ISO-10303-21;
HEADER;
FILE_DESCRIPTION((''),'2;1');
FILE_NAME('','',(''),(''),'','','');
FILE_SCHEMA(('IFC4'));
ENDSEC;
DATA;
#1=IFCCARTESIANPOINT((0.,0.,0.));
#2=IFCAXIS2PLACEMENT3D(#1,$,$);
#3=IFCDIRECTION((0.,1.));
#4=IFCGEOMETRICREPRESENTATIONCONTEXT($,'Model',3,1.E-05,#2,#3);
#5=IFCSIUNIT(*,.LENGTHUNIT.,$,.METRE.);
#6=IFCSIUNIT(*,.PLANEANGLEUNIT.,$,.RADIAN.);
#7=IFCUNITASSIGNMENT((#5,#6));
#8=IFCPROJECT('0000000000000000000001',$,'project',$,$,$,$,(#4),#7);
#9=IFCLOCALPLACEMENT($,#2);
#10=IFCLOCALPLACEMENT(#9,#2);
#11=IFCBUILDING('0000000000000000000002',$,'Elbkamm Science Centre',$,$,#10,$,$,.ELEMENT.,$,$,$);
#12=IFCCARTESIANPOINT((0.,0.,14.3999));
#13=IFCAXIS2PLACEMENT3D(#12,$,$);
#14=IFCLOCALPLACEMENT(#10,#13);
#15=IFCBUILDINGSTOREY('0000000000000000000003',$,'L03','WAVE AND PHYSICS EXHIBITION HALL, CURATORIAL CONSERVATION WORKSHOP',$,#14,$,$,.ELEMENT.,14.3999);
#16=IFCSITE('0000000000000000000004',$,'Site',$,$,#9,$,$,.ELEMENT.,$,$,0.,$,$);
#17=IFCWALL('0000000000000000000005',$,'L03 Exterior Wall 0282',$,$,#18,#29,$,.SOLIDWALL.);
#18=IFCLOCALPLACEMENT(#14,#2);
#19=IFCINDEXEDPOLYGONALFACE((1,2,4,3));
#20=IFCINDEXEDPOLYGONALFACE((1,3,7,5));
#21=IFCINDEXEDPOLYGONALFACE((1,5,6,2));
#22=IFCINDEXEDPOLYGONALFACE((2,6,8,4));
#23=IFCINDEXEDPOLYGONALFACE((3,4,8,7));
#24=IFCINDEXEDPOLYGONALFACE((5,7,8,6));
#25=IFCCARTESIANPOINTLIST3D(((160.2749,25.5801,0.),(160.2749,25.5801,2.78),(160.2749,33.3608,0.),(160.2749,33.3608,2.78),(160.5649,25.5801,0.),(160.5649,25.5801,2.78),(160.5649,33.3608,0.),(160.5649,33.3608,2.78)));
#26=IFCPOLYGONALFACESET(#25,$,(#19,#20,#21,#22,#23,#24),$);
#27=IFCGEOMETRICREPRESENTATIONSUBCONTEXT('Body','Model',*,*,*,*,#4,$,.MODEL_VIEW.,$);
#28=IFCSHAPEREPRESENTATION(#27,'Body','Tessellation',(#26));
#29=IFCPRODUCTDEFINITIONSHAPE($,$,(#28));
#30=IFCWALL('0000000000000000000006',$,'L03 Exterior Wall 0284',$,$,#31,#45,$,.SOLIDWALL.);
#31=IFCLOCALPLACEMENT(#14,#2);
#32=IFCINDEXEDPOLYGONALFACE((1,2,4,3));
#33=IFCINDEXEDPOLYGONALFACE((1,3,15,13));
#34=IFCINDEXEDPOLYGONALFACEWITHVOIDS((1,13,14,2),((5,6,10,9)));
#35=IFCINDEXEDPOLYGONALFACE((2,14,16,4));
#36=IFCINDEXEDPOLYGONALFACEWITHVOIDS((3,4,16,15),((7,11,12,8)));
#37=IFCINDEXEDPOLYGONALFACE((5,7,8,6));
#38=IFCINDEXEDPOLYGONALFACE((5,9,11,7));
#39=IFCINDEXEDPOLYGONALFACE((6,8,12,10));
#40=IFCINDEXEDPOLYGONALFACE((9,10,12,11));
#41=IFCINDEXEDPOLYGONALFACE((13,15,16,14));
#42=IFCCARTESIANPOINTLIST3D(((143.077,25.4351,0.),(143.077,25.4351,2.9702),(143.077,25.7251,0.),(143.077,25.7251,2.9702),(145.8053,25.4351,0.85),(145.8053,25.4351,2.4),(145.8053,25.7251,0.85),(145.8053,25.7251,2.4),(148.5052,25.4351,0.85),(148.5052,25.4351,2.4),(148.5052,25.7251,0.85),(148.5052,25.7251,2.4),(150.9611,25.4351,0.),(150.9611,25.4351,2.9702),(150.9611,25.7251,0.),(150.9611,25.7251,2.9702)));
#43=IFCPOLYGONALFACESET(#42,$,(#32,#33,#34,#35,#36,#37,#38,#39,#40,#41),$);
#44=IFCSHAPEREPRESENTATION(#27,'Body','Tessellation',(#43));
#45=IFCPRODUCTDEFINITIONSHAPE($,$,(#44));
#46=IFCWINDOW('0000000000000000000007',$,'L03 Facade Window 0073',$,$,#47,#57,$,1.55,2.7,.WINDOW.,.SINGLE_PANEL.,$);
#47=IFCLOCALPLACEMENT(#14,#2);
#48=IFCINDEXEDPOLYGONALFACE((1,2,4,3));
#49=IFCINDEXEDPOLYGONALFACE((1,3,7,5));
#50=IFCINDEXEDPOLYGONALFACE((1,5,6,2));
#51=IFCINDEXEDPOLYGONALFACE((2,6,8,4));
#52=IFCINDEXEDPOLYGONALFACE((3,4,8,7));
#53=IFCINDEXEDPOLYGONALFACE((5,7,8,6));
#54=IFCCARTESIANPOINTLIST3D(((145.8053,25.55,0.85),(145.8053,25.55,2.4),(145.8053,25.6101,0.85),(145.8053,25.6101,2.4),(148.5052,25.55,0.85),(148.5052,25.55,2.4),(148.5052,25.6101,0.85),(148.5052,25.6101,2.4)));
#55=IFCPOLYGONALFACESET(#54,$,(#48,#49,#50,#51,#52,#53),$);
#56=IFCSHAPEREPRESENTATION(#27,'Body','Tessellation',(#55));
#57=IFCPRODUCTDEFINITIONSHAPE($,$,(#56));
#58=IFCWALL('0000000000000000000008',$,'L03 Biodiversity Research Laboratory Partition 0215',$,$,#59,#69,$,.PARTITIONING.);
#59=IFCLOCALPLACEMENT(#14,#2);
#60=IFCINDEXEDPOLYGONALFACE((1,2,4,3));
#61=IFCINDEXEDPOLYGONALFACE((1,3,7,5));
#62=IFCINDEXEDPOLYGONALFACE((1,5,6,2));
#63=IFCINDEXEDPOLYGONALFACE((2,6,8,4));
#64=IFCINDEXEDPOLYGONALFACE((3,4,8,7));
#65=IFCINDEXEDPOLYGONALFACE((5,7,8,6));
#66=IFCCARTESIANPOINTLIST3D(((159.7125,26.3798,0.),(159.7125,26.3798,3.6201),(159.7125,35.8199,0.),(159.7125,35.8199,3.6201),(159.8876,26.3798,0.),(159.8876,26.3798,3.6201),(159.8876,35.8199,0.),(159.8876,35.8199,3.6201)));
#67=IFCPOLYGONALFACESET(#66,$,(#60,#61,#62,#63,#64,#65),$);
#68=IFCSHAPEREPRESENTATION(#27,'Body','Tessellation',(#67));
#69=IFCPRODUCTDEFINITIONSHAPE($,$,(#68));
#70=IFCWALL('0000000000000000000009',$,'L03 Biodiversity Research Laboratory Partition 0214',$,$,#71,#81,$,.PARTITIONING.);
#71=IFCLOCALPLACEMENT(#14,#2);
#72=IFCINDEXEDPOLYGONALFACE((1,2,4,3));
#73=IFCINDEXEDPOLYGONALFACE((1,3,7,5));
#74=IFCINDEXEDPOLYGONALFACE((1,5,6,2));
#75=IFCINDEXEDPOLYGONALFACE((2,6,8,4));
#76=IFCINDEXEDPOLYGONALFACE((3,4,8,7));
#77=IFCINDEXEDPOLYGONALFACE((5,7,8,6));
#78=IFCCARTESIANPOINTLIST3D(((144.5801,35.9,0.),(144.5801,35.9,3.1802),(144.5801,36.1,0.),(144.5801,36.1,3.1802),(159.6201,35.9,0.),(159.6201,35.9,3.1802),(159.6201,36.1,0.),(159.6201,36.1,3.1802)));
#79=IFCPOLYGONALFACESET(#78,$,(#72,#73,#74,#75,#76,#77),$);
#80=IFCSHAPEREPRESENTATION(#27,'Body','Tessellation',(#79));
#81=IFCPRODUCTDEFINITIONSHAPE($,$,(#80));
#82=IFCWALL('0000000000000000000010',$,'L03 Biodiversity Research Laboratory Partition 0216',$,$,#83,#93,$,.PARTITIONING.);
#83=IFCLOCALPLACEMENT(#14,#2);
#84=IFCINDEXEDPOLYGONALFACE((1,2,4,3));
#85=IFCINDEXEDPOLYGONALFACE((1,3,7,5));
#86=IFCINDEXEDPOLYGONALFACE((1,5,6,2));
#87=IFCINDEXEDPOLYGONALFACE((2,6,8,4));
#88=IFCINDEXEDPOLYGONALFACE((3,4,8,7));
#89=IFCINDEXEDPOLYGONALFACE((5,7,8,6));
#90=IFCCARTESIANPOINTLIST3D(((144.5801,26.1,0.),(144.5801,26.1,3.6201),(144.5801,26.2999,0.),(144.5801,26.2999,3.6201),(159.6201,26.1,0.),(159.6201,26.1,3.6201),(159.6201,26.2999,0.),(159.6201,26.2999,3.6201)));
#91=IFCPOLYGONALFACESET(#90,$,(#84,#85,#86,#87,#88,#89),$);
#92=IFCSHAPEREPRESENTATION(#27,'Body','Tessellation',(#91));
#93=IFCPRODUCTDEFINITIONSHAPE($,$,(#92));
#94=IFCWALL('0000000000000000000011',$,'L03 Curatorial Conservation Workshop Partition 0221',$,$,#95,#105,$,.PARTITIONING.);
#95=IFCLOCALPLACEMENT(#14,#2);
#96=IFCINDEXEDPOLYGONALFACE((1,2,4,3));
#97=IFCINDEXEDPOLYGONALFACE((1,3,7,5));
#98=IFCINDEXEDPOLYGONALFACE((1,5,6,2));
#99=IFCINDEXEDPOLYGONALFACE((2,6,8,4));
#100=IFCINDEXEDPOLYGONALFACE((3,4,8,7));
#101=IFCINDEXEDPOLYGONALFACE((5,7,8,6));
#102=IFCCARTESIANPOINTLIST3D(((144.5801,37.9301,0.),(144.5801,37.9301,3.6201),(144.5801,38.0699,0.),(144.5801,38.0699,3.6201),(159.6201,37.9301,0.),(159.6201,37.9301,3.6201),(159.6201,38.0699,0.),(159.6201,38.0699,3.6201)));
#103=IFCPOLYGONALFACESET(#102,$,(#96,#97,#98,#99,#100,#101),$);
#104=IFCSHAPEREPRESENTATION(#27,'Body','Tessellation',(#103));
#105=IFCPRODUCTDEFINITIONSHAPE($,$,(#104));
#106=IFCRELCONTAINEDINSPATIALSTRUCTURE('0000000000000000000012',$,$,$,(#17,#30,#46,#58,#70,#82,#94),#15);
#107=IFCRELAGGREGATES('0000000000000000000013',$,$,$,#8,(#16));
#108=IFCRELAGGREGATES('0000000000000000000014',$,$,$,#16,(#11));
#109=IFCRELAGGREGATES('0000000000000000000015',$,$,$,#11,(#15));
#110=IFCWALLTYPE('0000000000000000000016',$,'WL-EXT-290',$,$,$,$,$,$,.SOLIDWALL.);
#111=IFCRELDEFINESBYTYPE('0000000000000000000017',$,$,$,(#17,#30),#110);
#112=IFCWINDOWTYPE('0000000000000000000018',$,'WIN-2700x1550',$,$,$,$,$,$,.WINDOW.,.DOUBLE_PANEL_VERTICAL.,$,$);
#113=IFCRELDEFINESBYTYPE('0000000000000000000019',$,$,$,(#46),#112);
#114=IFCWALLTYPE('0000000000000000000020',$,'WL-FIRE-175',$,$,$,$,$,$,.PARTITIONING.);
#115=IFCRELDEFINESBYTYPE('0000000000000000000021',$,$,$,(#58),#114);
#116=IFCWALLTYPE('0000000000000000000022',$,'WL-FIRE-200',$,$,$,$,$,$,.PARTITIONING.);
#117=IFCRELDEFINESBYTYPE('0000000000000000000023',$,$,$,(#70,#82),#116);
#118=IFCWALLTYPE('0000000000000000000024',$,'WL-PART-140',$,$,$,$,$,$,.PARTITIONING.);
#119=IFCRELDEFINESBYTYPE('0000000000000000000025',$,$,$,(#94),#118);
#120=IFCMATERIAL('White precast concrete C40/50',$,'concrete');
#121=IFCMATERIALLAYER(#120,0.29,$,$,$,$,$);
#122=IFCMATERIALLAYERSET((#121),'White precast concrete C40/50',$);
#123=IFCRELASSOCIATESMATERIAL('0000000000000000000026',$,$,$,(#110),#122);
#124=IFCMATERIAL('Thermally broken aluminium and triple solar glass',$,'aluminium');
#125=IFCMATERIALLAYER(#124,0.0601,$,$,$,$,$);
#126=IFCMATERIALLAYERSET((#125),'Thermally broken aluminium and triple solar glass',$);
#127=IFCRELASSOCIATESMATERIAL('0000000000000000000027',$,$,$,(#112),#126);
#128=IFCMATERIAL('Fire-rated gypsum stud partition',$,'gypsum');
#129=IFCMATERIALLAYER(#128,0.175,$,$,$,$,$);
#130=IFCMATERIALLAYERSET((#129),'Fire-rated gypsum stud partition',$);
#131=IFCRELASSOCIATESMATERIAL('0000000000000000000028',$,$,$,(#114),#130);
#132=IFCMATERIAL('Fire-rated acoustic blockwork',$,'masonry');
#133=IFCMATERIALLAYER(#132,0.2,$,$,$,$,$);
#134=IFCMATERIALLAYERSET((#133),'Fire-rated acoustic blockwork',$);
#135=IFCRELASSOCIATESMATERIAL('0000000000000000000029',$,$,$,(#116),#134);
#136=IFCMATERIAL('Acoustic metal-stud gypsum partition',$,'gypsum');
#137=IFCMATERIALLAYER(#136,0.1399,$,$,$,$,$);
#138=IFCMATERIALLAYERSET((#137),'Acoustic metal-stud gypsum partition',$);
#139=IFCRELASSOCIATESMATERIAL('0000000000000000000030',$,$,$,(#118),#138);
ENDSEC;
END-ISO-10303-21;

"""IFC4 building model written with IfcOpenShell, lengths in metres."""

from ifc_helpers import new_model, si_unit, direction, frame, frame_2d, origin, place, context, subcontext, project, spatial, rectangle, extrude, material, layer, layer_set, type_object, element, fill, save


model = new_model("IFC4")

# Units and contexts
model_context = context("Model", 3, precision=1e-05, world=origin(), true_north=direction((0.0, 1.0)))
body_context = subcontext(model_context, "Body", "Model", "MODEL_VIEW")
ifc_project = project(units=[si_unit("LENGTHUNIT", "METRE"), si_unit("PLANEANGLEUNIT", "RADIAN")], contexts=[model_context])

# Site, building, storey
site_placement = place(None, origin())
site = spatial("IfcSite", under=ifc_project, at=site_placement, Name="Site", CompositionType="ELEMENT", RefElevation=0.0)
building_placement = place(site_placement, origin())
building = spatial("IfcBuilding", under=site, at=building_placement, Name="Elbkamm Science Centre", CompositionType="ELEMENT")
storey_placement = place(building_placement, frame((0.0, 0.0, 14.3999)))
storey = spatial("IfcBuildingStorey", under=building, at=storey_placement, Name="L03", Description="WAVE AND PHYSICS EXHIBITION HALL, CURATORIAL CONSERVATION WORKSHOP", CompositionType="ELEMENT", Elevation=14.3999)

# Wall
ifc_material_1 = material(Name="White precast concrete C40/50", Category="concrete")
ifc_layer_1 = layer(ifc_material_1, 0.29)
ifc_layer_set_1 = layer_set([ifc_layer_1], Name="White precast concrete C40/50")
wall_type_1 = type_object("IfcWallType", Name="WL-EXT-290", PredefinedType="SOLIDWALL", material=ifc_layer_set_1)
wall_1_placement = place(storey_placement, frame((160.4199, 33.3608, 0.0), z_axis=(0.0, 0.0, 1.0), x_axis=(0.0, -1.0, 0.0)))
element("IfcWall", 1, at=wall_1_placement, inside=storey, type_object=wall_type_1, Name="L03 Exterior Wall 0282", PredefinedType="SOLIDWALL", context=body_context, shape_type="SweptSolid", body=[
    extrude(rectangle(XDim=7.7808, YDim=0.29, at=frame_2d((3.8904, 0.0))), origin(), (0.0, 0.0, 1.0), 2.78),
])

# Wall, opening, window
wall_2_placement = place(storey_placement, frame((150.9609, 25.5801, 0.0), z_axis=(0.0, 0.0, 1.0), x_axis=(-1.0, 0.0, 0.0)))
wall_2 = element("IfcWall", 2, at=wall_2_placement, inside=storey, type_object=wall_type_1, Name="L03 Exterior Wall 0284", PredefinedType="SOLIDWALL", context=body_context, shape_type="SweptSolid", body=[
    extrude(rectangle(XDim=7.884, YDim=0.29, at=frame_2d((3.9419, 0.0))), origin(), (0.0, 0.0, 1.0), 2.9702),
])
opening_placement = place(wall_2_placement, frame((2.4556, 0.0, 0.8501)))
opening = element("IfcOpeningElement", 3, at=opening_placement, cuts=wall_2, PredefinedType="OPENING", context=body_context, shape_type="SweptSolid", body=[
    extrude(rectangle(XDim=2.7, YDim=1.55, at=frame_2d((1.3501, 0.7749))), frame((0.0, 0.157, 0.0), z_axis=(0.0, -1.0, 0.0), x_axis=(1.0, 0.0, 0.0)), (0.0, 0.0, 1.0), 0.314),
])
ifc_material_2 = material(Name="Thermally broken aluminium and triple solar glass", Category="aluminium")
ifc_layer_2 = layer(ifc_material_2, 0.0601)
ifc_layer_set_2 = layer_set([ifc_layer_2], Name="Thermally broken aluminium and triple solar glass")
window_type = type_object("IfcWindowType", Name="WIN-2700x1550", PartitioningType="DOUBLE_PANEL_VERTICAL", PredefinedType="WINDOW", material=ifc_layer_set_2)
window_placement = place(opening_placement, origin())
window = element("IfcWindow", 4, at=window_placement, inside=storey, type_object=window_type, Name="L03 Facade Window 0073", OverallHeight=1.55, OverallWidth=2.7, PartitioningType="SINGLE_PANEL", PredefinedType="WINDOW", context=body_context, shape_type="SweptSolid", body=[
    extrude(rectangle(XDim=2.7, YDim=1.55, at=frame_2d((1.3501, 0.7749))), frame((0.0, 0.03, 0.0), z_axis=(0.0, -1.0, 0.0), x_axis=(1.0, 0.0, 0.0)), (0.0, 0.0, 1.0), 0.0601),
])
fill(opening, window)

# Walls
ifc_material_3 = material(Name="Fire-rated gypsum stud partition", Category="gypsum")
ifc_layer_3 = layer(ifc_material_3, 0.175)
ifc_layer_set_3 = layer_set([ifc_layer_3], Name="Fire-rated gypsum stud partition")
wall_type_2 = type_object("IfcWallType", Name="WL-FIRE-175", PredefinedType="PARTITIONING", material=ifc_layer_set_3)
wall_3_placement = place(storey_placement, frame((159.8, 35.8201, 0.0), z_axis=(0.0, 0.0, 1.0), x_axis=(0.0, -1.0, 0.0)))
element("IfcWall", 5, at=wall_3_placement, inside=storey, type_object=wall_type_2, Name="L03 Biodiversity Research Laboratory Partition 0215", PredefinedType="PARTITIONING", context=body_context, shape_type="SweptSolid", body=[
    extrude(rectangle(XDim=9.4402, YDim=0.175, at=frame_2d((4.7202, 0.0))), origin(), (0.0, 0.0, 1.0), 3.6201),
])
ifc_material_4 = material(Name="Fire-rated acoustic blockwork", Category="masonry")
ifc_layer_4 = layer(ifc_material_4, 0.2)
ifc_layer_set_4 = layer_set([ifc_layer_4], Name="Fire-rated acoustic blockwork")
wall_type_3 = type_object("IfcWallType", Name="WL-FIRE-200", PredefinedType="PARTITIONING", material=ifc_layer_set_4)
wall_4_placement = place(storey_placement, frame((144.5801, 36.0, 0.0), z_axis=(0.0, 0.0, 1.0), x_axis=(1.0, 0.0, 0.0)))
element("IfcWall", 6, at=wall_4_placement, inside=storey, type_object=wall_type_3, Name="L03 Biodiversity Research Laboratory Partition 0214", PredefinedType="PARTITIONING", context=body_context, shape_type="SweptSolid", body=[
    extrude(rectangle(XDim=15.04, YDim=0.2, at=frame_2d((7.52, 0.0))), origin(), (0.0, 0.0, 1.0), 3.1802),
])
wall_5_placement = place(storey_placement, frame((159.6201, 26.2, 0.0), z_axis=(0.0, 0.0, 1.0), x_axis=(-1.0, 0.0, 0.0)))
element("IfcWall", 7, at=wall_5_placement, inside=storey, type_object=wall_type_3, Name="L03 Biodiversity Research Laboratory Partition 0216", PredefinedType="PARTITIONING", context=body_context, shape_type="SweptSolid", body=[
    extrude(rectangle(XDim=15.04, YDim=0.2, at=frame_2d((7.52, 0.0))), origin(), (0.0, 0.0, 1.0), 3.6201),
])
ifc_material_5 = material(Name="Acoustic metal-stud gypsum partition", Category="gypsum")
ifc_layer_5 = layer(ifc_material_5, 0.1399)
ifc_layer_set_5 = layer_set([ifc_layer_5], Name="Acoustic metal-stud gypsum partition")
wall_type_4 = type_object("IfcWallType", Name="WL-PART-140", PredefinedType="PARTITIONING", material=ifc_layer_set_5)
wall_6_placement = place(storey_placement, frame((159.6201, 38.0, 0.0), z_axis=(0.0, 0.0, 1.0), x_axis=(-1.0, 0.0, 0.0)))
element("IfcWall", 8, at=wall_6_placement, inside=storey, type_object=wall_type_4, Name="L03 Curatorial Conservation Workshop Partition 0221", PredefinedType="PARTITIONING", context=body_context, shape_type="SweptSolid", body=[
    extrude(rectangle(XDim=15.04, YDim=0.1399, at=frame_2d((7.52, 0.0))), origin(), (0.0, 0.0, 1.0), 3.6201),
])

save(model, "model.ifc")
